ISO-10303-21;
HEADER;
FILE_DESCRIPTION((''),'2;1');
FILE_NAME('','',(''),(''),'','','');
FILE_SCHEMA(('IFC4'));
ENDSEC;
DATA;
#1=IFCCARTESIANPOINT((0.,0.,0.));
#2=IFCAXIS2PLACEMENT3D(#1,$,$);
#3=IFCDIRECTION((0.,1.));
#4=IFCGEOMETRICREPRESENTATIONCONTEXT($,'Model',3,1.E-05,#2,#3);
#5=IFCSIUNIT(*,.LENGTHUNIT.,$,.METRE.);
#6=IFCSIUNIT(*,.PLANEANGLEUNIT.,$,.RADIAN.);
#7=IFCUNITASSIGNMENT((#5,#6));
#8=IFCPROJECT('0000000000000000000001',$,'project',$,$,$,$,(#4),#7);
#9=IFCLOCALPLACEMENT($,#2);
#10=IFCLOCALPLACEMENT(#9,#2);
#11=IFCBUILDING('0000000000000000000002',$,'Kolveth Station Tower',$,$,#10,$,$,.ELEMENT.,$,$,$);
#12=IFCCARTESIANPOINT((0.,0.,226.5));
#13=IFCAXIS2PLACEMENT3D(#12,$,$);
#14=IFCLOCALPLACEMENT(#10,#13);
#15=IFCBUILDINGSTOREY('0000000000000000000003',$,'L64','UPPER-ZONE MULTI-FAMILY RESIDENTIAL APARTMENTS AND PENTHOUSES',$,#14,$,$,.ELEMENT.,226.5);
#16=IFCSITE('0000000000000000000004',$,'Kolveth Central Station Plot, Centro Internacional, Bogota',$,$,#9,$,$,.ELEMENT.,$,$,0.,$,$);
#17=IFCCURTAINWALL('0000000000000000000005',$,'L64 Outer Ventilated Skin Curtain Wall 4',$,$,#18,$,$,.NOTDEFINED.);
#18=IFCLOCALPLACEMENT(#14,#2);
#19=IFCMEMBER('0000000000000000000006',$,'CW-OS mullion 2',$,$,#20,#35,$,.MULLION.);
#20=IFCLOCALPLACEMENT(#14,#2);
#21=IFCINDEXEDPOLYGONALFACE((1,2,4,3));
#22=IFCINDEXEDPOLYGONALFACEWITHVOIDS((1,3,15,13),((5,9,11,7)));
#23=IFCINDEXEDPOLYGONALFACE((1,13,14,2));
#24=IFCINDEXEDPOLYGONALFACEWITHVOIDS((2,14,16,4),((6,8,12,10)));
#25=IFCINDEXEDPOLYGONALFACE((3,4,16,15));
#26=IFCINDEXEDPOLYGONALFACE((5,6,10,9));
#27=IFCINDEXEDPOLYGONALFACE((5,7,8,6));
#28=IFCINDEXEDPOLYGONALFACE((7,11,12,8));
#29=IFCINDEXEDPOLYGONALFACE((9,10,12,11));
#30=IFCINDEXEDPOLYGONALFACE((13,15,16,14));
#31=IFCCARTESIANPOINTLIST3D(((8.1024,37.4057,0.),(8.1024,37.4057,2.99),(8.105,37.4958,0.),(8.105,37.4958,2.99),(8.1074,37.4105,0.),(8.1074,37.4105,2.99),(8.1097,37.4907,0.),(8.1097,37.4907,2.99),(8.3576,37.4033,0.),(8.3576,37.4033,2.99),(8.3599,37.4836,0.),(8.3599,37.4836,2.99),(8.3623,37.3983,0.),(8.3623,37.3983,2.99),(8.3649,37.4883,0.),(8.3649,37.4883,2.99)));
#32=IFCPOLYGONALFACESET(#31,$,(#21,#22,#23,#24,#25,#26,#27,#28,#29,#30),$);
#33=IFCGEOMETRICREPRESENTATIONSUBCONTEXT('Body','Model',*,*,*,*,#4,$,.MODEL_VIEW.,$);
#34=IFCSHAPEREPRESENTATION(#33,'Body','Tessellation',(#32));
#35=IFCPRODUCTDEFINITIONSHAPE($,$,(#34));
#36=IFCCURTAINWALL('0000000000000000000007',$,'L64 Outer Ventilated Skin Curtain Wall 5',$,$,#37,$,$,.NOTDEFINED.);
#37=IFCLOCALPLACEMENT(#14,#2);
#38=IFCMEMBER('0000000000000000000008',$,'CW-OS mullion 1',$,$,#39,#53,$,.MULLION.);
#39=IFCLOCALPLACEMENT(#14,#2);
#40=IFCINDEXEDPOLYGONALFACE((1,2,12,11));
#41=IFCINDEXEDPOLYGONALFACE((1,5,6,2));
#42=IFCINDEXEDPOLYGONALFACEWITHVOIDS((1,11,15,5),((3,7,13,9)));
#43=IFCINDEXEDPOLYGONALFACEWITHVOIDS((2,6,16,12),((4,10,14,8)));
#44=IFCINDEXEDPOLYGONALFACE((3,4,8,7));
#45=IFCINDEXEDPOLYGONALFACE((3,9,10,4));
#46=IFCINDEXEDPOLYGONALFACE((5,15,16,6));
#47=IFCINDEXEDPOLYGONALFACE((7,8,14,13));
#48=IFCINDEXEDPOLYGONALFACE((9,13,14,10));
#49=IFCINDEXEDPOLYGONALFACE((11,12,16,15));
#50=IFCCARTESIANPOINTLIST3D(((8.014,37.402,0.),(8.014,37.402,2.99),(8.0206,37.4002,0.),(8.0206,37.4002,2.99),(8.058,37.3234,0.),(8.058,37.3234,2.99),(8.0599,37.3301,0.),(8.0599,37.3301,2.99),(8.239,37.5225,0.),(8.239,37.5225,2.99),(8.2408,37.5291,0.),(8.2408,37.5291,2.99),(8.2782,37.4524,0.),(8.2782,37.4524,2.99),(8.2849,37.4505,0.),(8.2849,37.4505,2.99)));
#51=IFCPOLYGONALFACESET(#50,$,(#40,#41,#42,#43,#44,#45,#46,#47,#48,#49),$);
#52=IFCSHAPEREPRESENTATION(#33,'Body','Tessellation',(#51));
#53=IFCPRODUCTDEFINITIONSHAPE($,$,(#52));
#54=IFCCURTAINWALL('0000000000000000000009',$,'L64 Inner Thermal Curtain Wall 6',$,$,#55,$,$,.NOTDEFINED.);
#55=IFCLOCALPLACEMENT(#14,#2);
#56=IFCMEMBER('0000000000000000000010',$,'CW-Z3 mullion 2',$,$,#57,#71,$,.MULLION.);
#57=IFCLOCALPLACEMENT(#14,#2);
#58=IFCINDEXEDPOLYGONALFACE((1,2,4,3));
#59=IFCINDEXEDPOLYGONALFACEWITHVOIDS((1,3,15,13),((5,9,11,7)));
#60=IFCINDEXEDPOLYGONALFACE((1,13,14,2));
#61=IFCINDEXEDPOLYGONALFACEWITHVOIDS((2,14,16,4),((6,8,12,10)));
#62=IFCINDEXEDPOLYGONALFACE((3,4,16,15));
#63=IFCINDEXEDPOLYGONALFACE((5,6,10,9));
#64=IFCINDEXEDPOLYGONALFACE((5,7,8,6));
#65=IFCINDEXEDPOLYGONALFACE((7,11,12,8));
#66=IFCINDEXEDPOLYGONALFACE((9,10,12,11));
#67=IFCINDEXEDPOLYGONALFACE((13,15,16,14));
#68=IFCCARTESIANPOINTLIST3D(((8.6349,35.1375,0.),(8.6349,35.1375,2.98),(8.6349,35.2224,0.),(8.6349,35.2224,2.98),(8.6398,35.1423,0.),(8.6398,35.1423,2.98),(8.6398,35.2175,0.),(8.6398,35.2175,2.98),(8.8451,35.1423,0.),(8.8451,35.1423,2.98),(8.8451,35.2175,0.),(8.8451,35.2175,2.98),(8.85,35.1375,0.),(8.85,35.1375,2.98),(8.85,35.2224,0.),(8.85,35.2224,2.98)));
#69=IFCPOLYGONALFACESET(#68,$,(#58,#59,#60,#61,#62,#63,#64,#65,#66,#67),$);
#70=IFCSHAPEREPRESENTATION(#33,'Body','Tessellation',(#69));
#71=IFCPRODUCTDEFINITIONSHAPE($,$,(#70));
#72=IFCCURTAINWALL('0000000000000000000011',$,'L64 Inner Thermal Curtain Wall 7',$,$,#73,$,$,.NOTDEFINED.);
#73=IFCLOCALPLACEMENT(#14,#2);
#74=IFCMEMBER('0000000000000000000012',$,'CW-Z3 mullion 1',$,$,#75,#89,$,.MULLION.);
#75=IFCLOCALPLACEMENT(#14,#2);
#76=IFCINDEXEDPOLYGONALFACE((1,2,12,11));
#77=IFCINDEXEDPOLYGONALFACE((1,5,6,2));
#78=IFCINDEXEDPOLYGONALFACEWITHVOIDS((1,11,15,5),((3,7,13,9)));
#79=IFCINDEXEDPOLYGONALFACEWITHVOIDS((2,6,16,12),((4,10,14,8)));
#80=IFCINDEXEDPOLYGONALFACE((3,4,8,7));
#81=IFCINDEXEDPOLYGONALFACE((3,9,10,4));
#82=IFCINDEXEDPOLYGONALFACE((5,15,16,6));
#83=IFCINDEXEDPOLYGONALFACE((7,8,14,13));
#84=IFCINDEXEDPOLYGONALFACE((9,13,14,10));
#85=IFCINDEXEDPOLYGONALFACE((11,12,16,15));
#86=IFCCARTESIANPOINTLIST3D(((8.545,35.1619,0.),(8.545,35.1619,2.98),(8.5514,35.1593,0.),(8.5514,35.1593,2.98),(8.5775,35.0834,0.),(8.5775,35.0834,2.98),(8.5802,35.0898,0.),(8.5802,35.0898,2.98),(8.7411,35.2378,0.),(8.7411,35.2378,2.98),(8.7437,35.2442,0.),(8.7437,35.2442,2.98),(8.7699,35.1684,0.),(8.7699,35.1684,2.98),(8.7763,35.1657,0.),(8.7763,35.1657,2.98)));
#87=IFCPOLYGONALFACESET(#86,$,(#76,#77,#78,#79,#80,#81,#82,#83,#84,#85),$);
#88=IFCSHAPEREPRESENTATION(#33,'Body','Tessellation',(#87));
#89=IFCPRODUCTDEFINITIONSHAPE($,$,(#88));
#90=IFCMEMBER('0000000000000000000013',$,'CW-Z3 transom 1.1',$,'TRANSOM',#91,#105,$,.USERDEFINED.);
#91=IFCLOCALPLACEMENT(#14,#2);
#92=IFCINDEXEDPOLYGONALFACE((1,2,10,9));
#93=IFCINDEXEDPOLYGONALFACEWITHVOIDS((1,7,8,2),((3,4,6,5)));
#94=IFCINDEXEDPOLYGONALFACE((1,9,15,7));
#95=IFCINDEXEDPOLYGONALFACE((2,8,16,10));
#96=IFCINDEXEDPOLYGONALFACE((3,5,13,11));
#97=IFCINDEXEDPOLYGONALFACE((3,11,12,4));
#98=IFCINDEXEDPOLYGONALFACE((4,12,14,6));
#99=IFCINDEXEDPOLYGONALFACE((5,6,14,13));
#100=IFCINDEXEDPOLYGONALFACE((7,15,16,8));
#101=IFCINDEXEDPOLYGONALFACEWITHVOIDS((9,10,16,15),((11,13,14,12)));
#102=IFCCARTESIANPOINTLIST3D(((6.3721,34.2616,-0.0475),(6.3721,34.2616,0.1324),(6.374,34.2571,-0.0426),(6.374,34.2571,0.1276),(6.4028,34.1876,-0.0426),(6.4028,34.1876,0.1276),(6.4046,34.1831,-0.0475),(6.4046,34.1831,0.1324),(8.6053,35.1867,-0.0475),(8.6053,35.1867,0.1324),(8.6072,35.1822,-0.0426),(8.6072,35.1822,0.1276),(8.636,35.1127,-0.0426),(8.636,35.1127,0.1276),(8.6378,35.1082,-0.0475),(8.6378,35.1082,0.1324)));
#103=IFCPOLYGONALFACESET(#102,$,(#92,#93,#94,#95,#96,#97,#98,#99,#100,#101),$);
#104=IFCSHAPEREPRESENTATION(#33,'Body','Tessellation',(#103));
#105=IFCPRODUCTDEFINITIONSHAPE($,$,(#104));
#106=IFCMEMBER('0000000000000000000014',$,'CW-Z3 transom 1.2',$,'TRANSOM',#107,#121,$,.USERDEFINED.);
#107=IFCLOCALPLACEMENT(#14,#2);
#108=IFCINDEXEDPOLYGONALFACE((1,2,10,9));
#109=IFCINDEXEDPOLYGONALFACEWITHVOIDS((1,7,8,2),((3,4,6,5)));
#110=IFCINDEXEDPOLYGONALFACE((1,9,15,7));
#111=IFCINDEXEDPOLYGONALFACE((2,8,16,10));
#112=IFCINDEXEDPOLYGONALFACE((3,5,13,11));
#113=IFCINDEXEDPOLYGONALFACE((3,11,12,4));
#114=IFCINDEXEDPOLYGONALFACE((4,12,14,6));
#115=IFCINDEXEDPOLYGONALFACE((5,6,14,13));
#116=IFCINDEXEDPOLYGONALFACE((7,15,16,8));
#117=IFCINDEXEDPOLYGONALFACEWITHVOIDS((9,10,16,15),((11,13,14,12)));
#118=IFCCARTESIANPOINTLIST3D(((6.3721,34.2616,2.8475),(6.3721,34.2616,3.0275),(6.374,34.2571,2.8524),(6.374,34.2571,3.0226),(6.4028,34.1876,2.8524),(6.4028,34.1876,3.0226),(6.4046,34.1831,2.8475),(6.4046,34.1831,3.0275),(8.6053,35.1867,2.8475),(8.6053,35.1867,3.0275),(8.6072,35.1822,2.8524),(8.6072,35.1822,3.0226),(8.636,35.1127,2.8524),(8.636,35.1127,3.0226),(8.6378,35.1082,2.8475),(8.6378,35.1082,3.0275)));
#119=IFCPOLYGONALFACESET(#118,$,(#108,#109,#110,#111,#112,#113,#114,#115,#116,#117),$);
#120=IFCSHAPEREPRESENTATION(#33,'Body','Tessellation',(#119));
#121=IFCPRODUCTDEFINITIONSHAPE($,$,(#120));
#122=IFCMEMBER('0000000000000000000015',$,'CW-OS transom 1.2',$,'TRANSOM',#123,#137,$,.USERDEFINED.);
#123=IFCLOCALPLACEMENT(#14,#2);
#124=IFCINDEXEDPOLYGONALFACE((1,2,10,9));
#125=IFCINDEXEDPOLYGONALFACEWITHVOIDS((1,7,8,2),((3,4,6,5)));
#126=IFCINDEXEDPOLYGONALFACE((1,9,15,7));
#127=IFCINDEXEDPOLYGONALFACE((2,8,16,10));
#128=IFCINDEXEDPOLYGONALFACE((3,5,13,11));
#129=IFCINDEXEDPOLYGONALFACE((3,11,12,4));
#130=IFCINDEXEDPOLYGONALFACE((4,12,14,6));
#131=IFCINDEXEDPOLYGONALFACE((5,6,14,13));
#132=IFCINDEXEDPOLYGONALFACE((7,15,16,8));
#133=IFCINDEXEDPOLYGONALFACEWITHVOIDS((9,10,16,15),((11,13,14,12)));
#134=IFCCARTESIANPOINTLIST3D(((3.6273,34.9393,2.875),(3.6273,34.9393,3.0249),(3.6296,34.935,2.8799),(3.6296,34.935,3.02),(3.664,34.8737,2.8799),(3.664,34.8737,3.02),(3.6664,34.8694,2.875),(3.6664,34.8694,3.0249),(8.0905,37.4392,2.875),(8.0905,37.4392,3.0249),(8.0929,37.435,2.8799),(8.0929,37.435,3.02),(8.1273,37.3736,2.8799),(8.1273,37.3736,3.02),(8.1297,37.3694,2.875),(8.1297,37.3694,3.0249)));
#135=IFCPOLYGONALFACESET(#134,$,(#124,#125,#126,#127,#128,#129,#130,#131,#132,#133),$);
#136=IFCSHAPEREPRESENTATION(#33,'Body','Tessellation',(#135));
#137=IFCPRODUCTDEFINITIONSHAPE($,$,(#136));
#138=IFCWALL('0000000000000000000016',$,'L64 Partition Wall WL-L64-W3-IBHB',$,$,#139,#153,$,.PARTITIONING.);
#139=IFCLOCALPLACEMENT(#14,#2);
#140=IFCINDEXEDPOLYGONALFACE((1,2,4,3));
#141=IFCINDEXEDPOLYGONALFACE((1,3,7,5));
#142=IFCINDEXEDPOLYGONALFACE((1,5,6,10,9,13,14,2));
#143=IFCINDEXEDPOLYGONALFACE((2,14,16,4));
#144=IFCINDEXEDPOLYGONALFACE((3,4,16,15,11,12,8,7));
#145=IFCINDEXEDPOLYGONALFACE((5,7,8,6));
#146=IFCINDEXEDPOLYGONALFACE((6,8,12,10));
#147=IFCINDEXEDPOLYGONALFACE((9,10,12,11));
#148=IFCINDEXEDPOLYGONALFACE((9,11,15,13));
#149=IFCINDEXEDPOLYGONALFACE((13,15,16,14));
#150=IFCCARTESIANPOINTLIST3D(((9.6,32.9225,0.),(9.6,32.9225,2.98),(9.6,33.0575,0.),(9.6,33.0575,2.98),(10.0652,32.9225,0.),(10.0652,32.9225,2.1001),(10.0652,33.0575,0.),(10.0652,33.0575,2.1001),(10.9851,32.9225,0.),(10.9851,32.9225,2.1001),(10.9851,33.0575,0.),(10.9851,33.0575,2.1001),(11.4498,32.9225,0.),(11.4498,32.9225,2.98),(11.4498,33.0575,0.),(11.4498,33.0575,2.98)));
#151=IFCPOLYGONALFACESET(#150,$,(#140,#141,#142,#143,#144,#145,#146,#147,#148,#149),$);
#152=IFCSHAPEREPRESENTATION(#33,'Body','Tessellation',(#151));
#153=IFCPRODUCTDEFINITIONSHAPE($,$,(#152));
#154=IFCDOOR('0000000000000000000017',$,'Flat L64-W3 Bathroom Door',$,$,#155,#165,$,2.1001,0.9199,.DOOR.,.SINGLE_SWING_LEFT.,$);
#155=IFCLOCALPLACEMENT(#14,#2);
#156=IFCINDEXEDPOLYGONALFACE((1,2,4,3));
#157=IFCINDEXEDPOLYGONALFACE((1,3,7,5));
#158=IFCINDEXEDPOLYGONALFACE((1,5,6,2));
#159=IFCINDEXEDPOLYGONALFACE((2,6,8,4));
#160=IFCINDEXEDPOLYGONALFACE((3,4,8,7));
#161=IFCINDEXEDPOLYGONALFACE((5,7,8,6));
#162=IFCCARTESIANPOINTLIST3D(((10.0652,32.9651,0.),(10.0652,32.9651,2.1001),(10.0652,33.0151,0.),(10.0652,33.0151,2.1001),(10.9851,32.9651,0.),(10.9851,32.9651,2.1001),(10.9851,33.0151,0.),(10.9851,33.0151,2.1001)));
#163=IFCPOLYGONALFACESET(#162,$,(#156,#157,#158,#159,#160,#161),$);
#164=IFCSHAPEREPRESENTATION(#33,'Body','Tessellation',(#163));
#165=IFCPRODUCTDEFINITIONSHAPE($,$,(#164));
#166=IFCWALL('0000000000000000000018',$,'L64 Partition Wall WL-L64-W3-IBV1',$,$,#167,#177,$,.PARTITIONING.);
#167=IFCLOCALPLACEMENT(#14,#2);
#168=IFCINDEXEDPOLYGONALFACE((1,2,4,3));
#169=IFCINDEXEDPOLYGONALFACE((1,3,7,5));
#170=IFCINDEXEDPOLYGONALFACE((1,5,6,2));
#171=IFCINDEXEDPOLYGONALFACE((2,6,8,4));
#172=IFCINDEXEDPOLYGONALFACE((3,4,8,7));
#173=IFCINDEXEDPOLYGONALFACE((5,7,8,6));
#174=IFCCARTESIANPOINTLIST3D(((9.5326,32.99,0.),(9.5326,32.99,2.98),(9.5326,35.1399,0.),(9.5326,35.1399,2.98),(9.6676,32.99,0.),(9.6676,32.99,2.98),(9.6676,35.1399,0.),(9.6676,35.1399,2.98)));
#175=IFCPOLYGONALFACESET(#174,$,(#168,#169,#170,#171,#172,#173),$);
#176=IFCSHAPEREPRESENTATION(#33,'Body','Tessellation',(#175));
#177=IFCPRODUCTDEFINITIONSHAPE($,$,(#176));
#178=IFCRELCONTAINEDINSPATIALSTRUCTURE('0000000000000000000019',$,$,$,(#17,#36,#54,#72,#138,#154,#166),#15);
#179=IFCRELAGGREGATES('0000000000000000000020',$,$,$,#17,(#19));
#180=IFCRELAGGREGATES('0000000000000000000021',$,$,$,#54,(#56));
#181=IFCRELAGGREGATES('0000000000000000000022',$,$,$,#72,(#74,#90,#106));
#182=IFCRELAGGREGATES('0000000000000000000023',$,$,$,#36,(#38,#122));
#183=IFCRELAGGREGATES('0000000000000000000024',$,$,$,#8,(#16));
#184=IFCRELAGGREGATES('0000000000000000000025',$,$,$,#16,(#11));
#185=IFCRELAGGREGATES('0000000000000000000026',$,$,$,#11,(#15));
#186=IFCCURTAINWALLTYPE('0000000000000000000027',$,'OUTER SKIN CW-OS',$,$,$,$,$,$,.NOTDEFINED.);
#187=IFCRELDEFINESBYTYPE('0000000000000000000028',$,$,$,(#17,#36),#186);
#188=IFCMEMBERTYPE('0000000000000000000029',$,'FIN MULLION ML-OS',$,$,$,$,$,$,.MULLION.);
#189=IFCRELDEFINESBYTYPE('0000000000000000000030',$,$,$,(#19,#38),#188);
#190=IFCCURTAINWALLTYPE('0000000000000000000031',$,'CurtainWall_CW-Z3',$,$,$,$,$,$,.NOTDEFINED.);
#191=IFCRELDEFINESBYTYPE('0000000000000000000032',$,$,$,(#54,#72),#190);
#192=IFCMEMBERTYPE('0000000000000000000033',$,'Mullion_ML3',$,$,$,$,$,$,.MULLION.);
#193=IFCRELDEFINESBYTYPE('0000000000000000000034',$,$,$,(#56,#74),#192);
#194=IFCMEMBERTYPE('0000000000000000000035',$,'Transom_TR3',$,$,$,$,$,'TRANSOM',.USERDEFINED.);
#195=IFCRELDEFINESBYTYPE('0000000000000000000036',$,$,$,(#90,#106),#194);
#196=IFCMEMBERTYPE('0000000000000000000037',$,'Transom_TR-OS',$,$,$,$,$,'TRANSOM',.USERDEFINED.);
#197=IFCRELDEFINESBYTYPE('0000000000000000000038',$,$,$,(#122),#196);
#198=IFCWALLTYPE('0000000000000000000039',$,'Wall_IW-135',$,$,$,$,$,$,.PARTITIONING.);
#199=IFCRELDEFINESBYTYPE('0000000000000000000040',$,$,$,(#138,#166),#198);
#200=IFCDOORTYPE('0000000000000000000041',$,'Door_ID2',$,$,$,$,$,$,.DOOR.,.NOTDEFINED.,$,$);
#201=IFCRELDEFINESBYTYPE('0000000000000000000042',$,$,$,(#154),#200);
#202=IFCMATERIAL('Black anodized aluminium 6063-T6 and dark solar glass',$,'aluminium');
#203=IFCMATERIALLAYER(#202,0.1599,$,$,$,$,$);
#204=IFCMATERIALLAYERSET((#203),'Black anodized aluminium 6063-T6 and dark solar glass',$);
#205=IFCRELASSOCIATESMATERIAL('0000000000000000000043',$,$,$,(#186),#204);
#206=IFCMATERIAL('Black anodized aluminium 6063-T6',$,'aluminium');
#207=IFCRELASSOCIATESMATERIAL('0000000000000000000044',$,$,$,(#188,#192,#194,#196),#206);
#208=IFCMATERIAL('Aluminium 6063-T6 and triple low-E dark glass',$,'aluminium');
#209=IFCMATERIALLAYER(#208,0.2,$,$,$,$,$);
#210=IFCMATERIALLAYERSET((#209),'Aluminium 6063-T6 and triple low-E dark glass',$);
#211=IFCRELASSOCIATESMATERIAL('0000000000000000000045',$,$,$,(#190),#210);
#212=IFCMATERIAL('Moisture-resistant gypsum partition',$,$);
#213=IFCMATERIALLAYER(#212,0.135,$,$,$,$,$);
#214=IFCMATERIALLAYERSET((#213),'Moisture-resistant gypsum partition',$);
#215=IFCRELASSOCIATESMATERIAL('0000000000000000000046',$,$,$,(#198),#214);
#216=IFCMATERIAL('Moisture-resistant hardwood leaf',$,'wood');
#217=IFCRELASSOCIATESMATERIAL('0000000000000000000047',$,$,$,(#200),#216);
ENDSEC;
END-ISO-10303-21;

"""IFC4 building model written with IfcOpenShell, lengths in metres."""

from ifc_helpers import new_model, si_unit, direction, frame, frame_2d, origin, origin_2d, place, context, subcontext, project, spatial, rectangle, hollow_rectangle, extrude, source, transform, mapped, material, layer, layer_set, material_profile, profile_set, type_object, element, fill, aggregate, save


model = new_model("IFC4")

# Units and contexts
model_context = context("Model", 3, precision=1e-05, world=origin(), true_north=direction((0.0, 1.0)))
body_context = subcontext(model_context, "Body", "Model", "MODEL_VIEW")
ifc_project = project(units=[si_unit("LENGTHUNIT", "METRE"), si_unit("PLANEANGLEUNIT", "RADIAN")], contexts=[model_context])

# Site, building, storey
site_placement = place(None, origin())
site = spatial("IfcSite", under=ifc_project, at=site_placement, Name="Kolveth Central Station Plot, Centro Internacional, Bogota", CompositionType="ELEMENT", RefElevation=0.0)
building_placement = place(site_placement, origin())
building = spatial("IfcBuilding", under=site, at=building_placement, Name="Kolveth Station Tower", CompositionType="ELEMENT")
storey_placement = place(building_placement, frame((0.0, 0.0, 226.5)))
storey = spatial("IfcBuildingStorey", under=building, at=storey_placement, Name="L64", Description="UPPER-ZONE MULTI-FAMILY RESIDENTIAL APARTMENTS AND PENTHOUSES", CompositionType="ELEMENT", Elevation=226.5)

# Curtain walls, members
ifc_material_1 = material(Name="Black anodized aluminium 6063-T6 and dark solar glass", Category="aluminium")
ifc_layer_1 = layer(ifc_material_1, 0.1599)
ifc_layer_set_1 = layer_set([ifc_layer_1], Name="Black anodized aluminium 6063-T6 and dark solar glass")
curtain_wall_type_1 = type_object("IfcCurtainWallType", Name="OUTER SKIN CW-OS", PredefinedType="NOTDEFINED", material=ifc_layer_set_1)
curtain_wall_1_placement = place(storey_placement, origin())
curtain_wall_1 = element("IfcCurtainWall", 1, at=curtain_wall_1_placement, inside=storey, type_object=curtain_wall_type_1, Name="L64 Outer Ventilated Skin Curtain Wall 4", PredefinedType="NOTDEFINED")
ifc_material_2 = material(Name="Black anodized aluminium 6063-T6", Category="aluminium")
ifc_material_profile_1 = material_profile(ifc_material_2, hollow_rectangle(XDim=0.0901, YDim=0.26, WallThickness=0.0049, at=origin_2d()), Name="ALU-90x260x5")
ifc_profile_set_1 = profile_set([ifc_material_profile_1], Name="Black anodized aluminium 6063-T6")
member_type_1 = type_object("IfcMemberType", Name="FIN MULLION ML-OS", PredefinedType="MULLION", material=ifc_profile_set_1)
shared_shape_1 = source(origin(), body_context, "Body", "SweptSolid", [
    extrude(hollow_rectangle(XDim=0.0901, YDim=0.26, WallThickness=0.0049, at=origin_2d()), origin(), (0.0, 0.0, 1.0), 2.99),
])
member_1_placement = place(storey_placement, frame((8.2336, 37.447, 0.0), z_axis=(0.0, 0.0, 1.0), x_axis=(-0.028562, -0.999592, 0.0)))
member_1 = element("IfcMember", 2, at=member_1_placement, type_object=member_type_1, Name="CW-OS mullion 2", PredefinedType="MULLION", context=body_context, shape_type="MappedRepresentation", body=[
    mapped(shared_shape_1, transform((0.0, 0.0, 0.0), x_axis=(1.0, 0.0, 0.0), y_axis=(0.0, 1.0, 0.0), z_axis=(0.0, 0.0, 1.0), scale=1.0)),
])
aggregate(curtain_wall_1, [member_1])
curtain_wall_2_placement = place(storey_placement, origin())
curtain_wall_2 = element("IfcCurtainWall", 3, at=curtain_wall_2_placement, inside=storey, type_object=curtain_wall_type_1, Name="L64 Outer Ventilated Skin Curtain Wall 5", PredefinedType="NOTDEFINED")
member_2_placement = place(storey_placement, frame((8.1494, 37.4263, 0.0), z_axis=(0.0, 0.0, 1.0), x_axis=(0.488701, -0.872452, 0.0)))
member_2 = element("IfcMember", 4, at=member_2_placement, type_object=member_type_1, Name="CW-OS mullion 1", PredefinedType="MULLION", context=body_context, shape_type="MappedRepresentation", body=[
    mapped(shared_shape_1, transform((0.0, 0.0, 0.0), x_axis=(1.0, 0.0, 0.0), y_axis=(0.0, 1.0, 0.0), z_axis=(0.0, 0.0, 1.0), scale=1.0)),
])
ifc_material_3 = material(Name="Aluminium 6063-T6 and triple low-E dark glass", Category="aluminium")
ifc_layer_2 = layer(ifc_material_3, 0.2)
ifc_layer_set_2 = layer_set([ifc_layer_2], Name="Aluminium 6063-T6 and triple low-E dark glass")
curtain_wall_type_2 = type_object("IfcCurtainWallType", Name="CurtainWall_CW-Z3", PredefinedType="NOTDEFINED", material=ifc_layer_set_2)
curtain_wall_3_placement = place(storey_placement, origin())
curtain_wall_3 = element("IfcCurtainWall", 5, at=curtain_wall_3_placement, inside=storey, type_object=curtain_wall_type_2, Name="L64 Inner Thermal Curtain Wall 6", PredefinedType="NOTDEFINED")
ifc_material_profile_2 = material_profile(ifc_material_2, hollow_rectangle(XDim=0.085, YDim=0.2151, WallThickness=0.0049, at=origin_2d()), Name="ALU-85x215x5")
ifc_profile_set_2 = profile_set([ifc_material_profile_2], Name="Black anodized aluminium 6063-T6")
member_type_2 = type_object("IfcMemberType", Name="Mullion_ML3", PredefinedType="MULLION", material=ifc_profile_set_2)
shared_shape_2 = source(origin(), body_context, "Body", "SweptSolid", [
    extrude(hollow_rectangle(XDim=0.085, YDim=0.2151, WallThickness=0.0049, at=origin_2d()), origin(), (0.0, 0.0, 1.0), 2.98),
])
member_3_placement = place(storey_placement, frame((8.7424, 35.1799, 0.0), z_axis=(0.0, 0.0, 1.0), x_axis=(0.0, -1.0, 0.0)))
member_3 = element("IfcMember", 6, at=member_3_placement, type_object=member_type_2, Name="CW-Z3 mullion 2", PredefinedType="MULLION", context=body_context, shape_type="MappedRepresentation", body=[
    mapped(shared_shape_2, transform((0.0, 0.0, 0.0), x_axis=(1.0, 0.0, 0.0), y_axis=(0.0, 1.0, 0.0), z_axis=(0.0, 0.0, 1.0), scale=1.0)),
])
aggregate(curtain_wall_3, [member_3])

# Curtain wall, members
curtain_wall_4_placement = place(storey_placement, origin())
curtain_wall_4 = element("IfcCurtainWall", 7, at=curtain_wall_4_placement, inside=storey, type_object=curtain_wall_type_2, Name="L64 Inner Thermal Curtain Wall 7", PredefinedType="NOTDEFINED")
member_4_placement = place(storey_placement, frame((8.6606, 35.1638, 0.0), z_axis=(0.0, 0.0, 1.0), x_axis=(0.382693, -0.923875, 0.0)))
member_4 = element("IfcMember", 8, at=member_4_placement, type_object=member_type_2, Name="CW-Z3 mullion 1", PredefinedType="MULLION", context=body_context, shape_type="MappedRepresentation", body=[
    mapped(shared_shape_2, transform((0.0, 0.0, 0.0), x_axis=(1.0, 0.0, 0.0), y_axis=(0.0, 1.0, 0.0), z_axis=(0.0, 0.0, 1.0), scale=1.0)),
])
ifc_material_profile_3 = material_profile(ifc_material_2, hollow_rectangle(XDim=0.085, YDim=0.1799, WallThickness=0.0049, at=origin_2d()), Name="ALU-85x180x5")
ifc_profile_set_3 = profile_set([ifc_material_profile_3], Name="Black anodized aluminium 6063-T6")
member_type_3 = type_object("IfcMemberType", Name="Transom_TR3", ElementType="TRANSOM", PredefinedType="USERDEFINED", material=ifc_profile_set_3)
shared_shape_3 = source(origin(), body_context, "Body", "SweptSolid", [
    extrude(hollow_rectangle(XDim=0.085, YDim=0.1799, WallThickness=0.0049, at=origin_2d()), origin(), (0.0, 0.0, 1.0), 2.4172),
])
member_5_placement = place(storey_placement, frame((8.6216, 35.1475, 0.0425), z_axis=(-0.923873, -0.3827, 0.0), x_axis=(0.3827, -0.923873, 0.0)))
member_5 = element("IfcMember", 9, at=member_5_placement, type_object=member_type_3, Name="CW-Z3 transom 1.1", ObjectType="TRANSOM", PredefinedType="USERDEFINED", context=body_context, shape_type="MappedRepresentation", body=[
    mapped(shared_shape_3, transform((0.0, 0.0, 0.0), x_axis=(1.0, 0.0, 0.0), y_axis=(0.0, 1.0, 0.0), z_axis=(0.0, 0.0, 1.0), scale=1.0)),
])
member_6_placement = place(storey_placement, frame((8.6216, 35.1475, 2.9375), z_axis=(-0.923873, -0.3827, 0.0), x_axis=(0.3827, -0.923873, 0.0)))
member_6 = element("IfcMember", 10, at=member_6_placement, type_object=member_type_3, Name="CW-Z3 transom 1.2", ObjectType="TRANSOM", PredefinedType="USERDEFINED", context=body_context, shape_type="MappedRepresentation", body=[
    mapped(shared_shape_3, transform((0.0, 0.0, 0.0), x_axis=(1.0, 0.0, 0.0), y_axis=(0.0, 1.0, 0.0), z_axis=(0.0, 0.0, 1.0), scale=1.0)),
])
aggregate(curtain_wall_4, [member_4, member_5, member_6])

# Member
ifc_material_profile_4 = material_profile(ifc_material_2, hollow_rectangle(XDim=0.0801, YDim=0.1499, WallThickness=0.0049, at=origin_2d()), Name="ALU-80x150x5")
ifc_profile_set_4 = profile_set([ifc_material_profile_4], Name="Black anodized aluminium 6063-T6")
member_type_4 = type_object("IfcMemberType", Name="Transom_TR-OS", ElementType="TRANSOM", PredefinedType="USERDEFINED", material=ifc_profile_set_4)
shared_shape_4 = source(origin(), body_context, "Body", "SweptSolid", [
    extrude(hollow_rectangle(XDim=0.0801, YDim=0.1499, WallThickness=0.0049, at=origin_2d()), origin(), (0.0, 0.0, 1.0), 5.1157),
])
member_7_placement = place(storey_placement, frame((8.1101, 37.4043, 2.95), z_axis=(-0.872464, -0.488679, 0.0), x_axis=(0.488679, -0.872464, 0.0)))
member_7 = element("IfcMember", 11, at=member_7_placement, type_object=member_type_4, Name="CW-OS transom 1.2", ObjectType="TRANSOM", PredefinedType="USERDEFINED", context=body_context, shape_type="MappedRepresentation", body=[
    mapped(shared_shape_4, transform((0.0, 0.0, 0.0), x_axis=(1.0, 0.0, 0.0), y_axis=(0.0, 1.0, 0.0), z_axis=(0.0, 0.0, 1.0), scale=1.0)),
])
aggregate(curtain_wall_2, [member_2, member_7])

# Wall, opening, door
ifc_material_4 = material(Name="Moisture-resistant gypsum partition")
ifc_layer_3 = layer(ifc_material_4, 0.135)
ifc_layer_set_3 = layer_set([ifc_layer_3], Name="Moisture-resistant gypsum partition")
wall_type_1 = type_object("IfcWallType", Name="Wall_IW-135", PredefinedType="PARTITIONING", material=ifc_layer_set_3)
wall_1_placement = place(storey_placement, frame((9.6001, 32.99, 0.0), z_axis=(0.0, 0.0, 1.0), x_axis=(1.0, 0.0, 0.0)))
wall_1 = element("IfcWall", 12, at=wall_1_placement, inside=storey, type_object=wall_type_1, Name="L64 Partition Wall WL-L64-W3-IBHB", PredefinedType="PARTITIONING", context=body_context, shape_type="SweptSolid", body=[
    extrude(rectangle(XDim=1.8499, YDim=0.135, at=frame_2d((0.9248, 0.0))), origin(), (0.0, 0.0, 1.0), 2.98),
])
opening_1_placement = place(wall_1_placement, frame((0.4651, 0.0, 0.0)))
opening_1 = element("IfcOpeningElement", 13, at=opening_1_placement, cuts=wall_1, PredefinedType="OPENING", context=body_context, shape_type="SweptSolid", body=[
    extrude(rectangle(XDim=0.9199, YDim=2.1001, at=frame_2d((0.46, 1.05))), frame((0.0, 0.0774, 0.0), z_axis=(0.0, -1.0, 0.0), x_axis=(1.0, 0.0, 0.0)), (0.0, 0.0, 1.0), 0.155),
])
ifc_material_5 = material(Name="Moisture-resistant hardwood leaf", Category="wood")
door_type_1 = type_object("IfcDoorType", Name="Door_ID2", OperationType="NOTDEFINED", PredefinedType="DOOR", material=ifc_material_5)
door_1_placement = place(opening_1_placement, frame((0.9199, 0.0, 0.0), z_axis=(0.0, 0.0, 1.0), x_axis=(-1.0, 0.0, 0.0)))
door_1 = element("IfcDoor", 14, at=door_1_placement, inside=storey, type_object=door_type_1, Name="Flat L64-W3 Bathroom Door", OperationType="SINGLE_SWING_LEFT", OverallHeight=2.1001, OverallWidth=0.9199, PredefinedType="DOOR", context=body_context, shape_type="SweptSolid", body=[
    extrude(rectangle(XDim=0.9199, YDim=2.1001, at=frame_2d((0.46, 1.05))), frame((0.0, 0.0249, 0.0), z_axis=(0.0, -1.0, 0.0), x_axis=(1.0, 0.0, 0.0)), (0.0, 0.0, 1.0), 0.05),
])
fill(opening_1, door_1)

# Wall
for number, where, z_axis, x_axis, name in (
    (15, (9.6001, 32.99, 0.0), (0.0, 0.0, 1.0), (0.0, 1.0, 0.0), "L64 Partition Wall WL-L64-W3-IBV1"),
):
    element("IfcWall", number, at=place(storey_placement, frame(where, z_axis=z_axis, x_axis=x_axis)), inside=storey, type_object=wall_type_1, Name=name, PredefinedType="PARTITIONING", context=body_context, shape_type="SweptSolid", body=[
        extrude(rectangle(XDim=2.1499, YDim=0.135, at=frame_2d((1.075, 0.0))), origin(), (0.0, 0.0, 1.0), 2.98),
    ])

save(model, "model.ifc")
